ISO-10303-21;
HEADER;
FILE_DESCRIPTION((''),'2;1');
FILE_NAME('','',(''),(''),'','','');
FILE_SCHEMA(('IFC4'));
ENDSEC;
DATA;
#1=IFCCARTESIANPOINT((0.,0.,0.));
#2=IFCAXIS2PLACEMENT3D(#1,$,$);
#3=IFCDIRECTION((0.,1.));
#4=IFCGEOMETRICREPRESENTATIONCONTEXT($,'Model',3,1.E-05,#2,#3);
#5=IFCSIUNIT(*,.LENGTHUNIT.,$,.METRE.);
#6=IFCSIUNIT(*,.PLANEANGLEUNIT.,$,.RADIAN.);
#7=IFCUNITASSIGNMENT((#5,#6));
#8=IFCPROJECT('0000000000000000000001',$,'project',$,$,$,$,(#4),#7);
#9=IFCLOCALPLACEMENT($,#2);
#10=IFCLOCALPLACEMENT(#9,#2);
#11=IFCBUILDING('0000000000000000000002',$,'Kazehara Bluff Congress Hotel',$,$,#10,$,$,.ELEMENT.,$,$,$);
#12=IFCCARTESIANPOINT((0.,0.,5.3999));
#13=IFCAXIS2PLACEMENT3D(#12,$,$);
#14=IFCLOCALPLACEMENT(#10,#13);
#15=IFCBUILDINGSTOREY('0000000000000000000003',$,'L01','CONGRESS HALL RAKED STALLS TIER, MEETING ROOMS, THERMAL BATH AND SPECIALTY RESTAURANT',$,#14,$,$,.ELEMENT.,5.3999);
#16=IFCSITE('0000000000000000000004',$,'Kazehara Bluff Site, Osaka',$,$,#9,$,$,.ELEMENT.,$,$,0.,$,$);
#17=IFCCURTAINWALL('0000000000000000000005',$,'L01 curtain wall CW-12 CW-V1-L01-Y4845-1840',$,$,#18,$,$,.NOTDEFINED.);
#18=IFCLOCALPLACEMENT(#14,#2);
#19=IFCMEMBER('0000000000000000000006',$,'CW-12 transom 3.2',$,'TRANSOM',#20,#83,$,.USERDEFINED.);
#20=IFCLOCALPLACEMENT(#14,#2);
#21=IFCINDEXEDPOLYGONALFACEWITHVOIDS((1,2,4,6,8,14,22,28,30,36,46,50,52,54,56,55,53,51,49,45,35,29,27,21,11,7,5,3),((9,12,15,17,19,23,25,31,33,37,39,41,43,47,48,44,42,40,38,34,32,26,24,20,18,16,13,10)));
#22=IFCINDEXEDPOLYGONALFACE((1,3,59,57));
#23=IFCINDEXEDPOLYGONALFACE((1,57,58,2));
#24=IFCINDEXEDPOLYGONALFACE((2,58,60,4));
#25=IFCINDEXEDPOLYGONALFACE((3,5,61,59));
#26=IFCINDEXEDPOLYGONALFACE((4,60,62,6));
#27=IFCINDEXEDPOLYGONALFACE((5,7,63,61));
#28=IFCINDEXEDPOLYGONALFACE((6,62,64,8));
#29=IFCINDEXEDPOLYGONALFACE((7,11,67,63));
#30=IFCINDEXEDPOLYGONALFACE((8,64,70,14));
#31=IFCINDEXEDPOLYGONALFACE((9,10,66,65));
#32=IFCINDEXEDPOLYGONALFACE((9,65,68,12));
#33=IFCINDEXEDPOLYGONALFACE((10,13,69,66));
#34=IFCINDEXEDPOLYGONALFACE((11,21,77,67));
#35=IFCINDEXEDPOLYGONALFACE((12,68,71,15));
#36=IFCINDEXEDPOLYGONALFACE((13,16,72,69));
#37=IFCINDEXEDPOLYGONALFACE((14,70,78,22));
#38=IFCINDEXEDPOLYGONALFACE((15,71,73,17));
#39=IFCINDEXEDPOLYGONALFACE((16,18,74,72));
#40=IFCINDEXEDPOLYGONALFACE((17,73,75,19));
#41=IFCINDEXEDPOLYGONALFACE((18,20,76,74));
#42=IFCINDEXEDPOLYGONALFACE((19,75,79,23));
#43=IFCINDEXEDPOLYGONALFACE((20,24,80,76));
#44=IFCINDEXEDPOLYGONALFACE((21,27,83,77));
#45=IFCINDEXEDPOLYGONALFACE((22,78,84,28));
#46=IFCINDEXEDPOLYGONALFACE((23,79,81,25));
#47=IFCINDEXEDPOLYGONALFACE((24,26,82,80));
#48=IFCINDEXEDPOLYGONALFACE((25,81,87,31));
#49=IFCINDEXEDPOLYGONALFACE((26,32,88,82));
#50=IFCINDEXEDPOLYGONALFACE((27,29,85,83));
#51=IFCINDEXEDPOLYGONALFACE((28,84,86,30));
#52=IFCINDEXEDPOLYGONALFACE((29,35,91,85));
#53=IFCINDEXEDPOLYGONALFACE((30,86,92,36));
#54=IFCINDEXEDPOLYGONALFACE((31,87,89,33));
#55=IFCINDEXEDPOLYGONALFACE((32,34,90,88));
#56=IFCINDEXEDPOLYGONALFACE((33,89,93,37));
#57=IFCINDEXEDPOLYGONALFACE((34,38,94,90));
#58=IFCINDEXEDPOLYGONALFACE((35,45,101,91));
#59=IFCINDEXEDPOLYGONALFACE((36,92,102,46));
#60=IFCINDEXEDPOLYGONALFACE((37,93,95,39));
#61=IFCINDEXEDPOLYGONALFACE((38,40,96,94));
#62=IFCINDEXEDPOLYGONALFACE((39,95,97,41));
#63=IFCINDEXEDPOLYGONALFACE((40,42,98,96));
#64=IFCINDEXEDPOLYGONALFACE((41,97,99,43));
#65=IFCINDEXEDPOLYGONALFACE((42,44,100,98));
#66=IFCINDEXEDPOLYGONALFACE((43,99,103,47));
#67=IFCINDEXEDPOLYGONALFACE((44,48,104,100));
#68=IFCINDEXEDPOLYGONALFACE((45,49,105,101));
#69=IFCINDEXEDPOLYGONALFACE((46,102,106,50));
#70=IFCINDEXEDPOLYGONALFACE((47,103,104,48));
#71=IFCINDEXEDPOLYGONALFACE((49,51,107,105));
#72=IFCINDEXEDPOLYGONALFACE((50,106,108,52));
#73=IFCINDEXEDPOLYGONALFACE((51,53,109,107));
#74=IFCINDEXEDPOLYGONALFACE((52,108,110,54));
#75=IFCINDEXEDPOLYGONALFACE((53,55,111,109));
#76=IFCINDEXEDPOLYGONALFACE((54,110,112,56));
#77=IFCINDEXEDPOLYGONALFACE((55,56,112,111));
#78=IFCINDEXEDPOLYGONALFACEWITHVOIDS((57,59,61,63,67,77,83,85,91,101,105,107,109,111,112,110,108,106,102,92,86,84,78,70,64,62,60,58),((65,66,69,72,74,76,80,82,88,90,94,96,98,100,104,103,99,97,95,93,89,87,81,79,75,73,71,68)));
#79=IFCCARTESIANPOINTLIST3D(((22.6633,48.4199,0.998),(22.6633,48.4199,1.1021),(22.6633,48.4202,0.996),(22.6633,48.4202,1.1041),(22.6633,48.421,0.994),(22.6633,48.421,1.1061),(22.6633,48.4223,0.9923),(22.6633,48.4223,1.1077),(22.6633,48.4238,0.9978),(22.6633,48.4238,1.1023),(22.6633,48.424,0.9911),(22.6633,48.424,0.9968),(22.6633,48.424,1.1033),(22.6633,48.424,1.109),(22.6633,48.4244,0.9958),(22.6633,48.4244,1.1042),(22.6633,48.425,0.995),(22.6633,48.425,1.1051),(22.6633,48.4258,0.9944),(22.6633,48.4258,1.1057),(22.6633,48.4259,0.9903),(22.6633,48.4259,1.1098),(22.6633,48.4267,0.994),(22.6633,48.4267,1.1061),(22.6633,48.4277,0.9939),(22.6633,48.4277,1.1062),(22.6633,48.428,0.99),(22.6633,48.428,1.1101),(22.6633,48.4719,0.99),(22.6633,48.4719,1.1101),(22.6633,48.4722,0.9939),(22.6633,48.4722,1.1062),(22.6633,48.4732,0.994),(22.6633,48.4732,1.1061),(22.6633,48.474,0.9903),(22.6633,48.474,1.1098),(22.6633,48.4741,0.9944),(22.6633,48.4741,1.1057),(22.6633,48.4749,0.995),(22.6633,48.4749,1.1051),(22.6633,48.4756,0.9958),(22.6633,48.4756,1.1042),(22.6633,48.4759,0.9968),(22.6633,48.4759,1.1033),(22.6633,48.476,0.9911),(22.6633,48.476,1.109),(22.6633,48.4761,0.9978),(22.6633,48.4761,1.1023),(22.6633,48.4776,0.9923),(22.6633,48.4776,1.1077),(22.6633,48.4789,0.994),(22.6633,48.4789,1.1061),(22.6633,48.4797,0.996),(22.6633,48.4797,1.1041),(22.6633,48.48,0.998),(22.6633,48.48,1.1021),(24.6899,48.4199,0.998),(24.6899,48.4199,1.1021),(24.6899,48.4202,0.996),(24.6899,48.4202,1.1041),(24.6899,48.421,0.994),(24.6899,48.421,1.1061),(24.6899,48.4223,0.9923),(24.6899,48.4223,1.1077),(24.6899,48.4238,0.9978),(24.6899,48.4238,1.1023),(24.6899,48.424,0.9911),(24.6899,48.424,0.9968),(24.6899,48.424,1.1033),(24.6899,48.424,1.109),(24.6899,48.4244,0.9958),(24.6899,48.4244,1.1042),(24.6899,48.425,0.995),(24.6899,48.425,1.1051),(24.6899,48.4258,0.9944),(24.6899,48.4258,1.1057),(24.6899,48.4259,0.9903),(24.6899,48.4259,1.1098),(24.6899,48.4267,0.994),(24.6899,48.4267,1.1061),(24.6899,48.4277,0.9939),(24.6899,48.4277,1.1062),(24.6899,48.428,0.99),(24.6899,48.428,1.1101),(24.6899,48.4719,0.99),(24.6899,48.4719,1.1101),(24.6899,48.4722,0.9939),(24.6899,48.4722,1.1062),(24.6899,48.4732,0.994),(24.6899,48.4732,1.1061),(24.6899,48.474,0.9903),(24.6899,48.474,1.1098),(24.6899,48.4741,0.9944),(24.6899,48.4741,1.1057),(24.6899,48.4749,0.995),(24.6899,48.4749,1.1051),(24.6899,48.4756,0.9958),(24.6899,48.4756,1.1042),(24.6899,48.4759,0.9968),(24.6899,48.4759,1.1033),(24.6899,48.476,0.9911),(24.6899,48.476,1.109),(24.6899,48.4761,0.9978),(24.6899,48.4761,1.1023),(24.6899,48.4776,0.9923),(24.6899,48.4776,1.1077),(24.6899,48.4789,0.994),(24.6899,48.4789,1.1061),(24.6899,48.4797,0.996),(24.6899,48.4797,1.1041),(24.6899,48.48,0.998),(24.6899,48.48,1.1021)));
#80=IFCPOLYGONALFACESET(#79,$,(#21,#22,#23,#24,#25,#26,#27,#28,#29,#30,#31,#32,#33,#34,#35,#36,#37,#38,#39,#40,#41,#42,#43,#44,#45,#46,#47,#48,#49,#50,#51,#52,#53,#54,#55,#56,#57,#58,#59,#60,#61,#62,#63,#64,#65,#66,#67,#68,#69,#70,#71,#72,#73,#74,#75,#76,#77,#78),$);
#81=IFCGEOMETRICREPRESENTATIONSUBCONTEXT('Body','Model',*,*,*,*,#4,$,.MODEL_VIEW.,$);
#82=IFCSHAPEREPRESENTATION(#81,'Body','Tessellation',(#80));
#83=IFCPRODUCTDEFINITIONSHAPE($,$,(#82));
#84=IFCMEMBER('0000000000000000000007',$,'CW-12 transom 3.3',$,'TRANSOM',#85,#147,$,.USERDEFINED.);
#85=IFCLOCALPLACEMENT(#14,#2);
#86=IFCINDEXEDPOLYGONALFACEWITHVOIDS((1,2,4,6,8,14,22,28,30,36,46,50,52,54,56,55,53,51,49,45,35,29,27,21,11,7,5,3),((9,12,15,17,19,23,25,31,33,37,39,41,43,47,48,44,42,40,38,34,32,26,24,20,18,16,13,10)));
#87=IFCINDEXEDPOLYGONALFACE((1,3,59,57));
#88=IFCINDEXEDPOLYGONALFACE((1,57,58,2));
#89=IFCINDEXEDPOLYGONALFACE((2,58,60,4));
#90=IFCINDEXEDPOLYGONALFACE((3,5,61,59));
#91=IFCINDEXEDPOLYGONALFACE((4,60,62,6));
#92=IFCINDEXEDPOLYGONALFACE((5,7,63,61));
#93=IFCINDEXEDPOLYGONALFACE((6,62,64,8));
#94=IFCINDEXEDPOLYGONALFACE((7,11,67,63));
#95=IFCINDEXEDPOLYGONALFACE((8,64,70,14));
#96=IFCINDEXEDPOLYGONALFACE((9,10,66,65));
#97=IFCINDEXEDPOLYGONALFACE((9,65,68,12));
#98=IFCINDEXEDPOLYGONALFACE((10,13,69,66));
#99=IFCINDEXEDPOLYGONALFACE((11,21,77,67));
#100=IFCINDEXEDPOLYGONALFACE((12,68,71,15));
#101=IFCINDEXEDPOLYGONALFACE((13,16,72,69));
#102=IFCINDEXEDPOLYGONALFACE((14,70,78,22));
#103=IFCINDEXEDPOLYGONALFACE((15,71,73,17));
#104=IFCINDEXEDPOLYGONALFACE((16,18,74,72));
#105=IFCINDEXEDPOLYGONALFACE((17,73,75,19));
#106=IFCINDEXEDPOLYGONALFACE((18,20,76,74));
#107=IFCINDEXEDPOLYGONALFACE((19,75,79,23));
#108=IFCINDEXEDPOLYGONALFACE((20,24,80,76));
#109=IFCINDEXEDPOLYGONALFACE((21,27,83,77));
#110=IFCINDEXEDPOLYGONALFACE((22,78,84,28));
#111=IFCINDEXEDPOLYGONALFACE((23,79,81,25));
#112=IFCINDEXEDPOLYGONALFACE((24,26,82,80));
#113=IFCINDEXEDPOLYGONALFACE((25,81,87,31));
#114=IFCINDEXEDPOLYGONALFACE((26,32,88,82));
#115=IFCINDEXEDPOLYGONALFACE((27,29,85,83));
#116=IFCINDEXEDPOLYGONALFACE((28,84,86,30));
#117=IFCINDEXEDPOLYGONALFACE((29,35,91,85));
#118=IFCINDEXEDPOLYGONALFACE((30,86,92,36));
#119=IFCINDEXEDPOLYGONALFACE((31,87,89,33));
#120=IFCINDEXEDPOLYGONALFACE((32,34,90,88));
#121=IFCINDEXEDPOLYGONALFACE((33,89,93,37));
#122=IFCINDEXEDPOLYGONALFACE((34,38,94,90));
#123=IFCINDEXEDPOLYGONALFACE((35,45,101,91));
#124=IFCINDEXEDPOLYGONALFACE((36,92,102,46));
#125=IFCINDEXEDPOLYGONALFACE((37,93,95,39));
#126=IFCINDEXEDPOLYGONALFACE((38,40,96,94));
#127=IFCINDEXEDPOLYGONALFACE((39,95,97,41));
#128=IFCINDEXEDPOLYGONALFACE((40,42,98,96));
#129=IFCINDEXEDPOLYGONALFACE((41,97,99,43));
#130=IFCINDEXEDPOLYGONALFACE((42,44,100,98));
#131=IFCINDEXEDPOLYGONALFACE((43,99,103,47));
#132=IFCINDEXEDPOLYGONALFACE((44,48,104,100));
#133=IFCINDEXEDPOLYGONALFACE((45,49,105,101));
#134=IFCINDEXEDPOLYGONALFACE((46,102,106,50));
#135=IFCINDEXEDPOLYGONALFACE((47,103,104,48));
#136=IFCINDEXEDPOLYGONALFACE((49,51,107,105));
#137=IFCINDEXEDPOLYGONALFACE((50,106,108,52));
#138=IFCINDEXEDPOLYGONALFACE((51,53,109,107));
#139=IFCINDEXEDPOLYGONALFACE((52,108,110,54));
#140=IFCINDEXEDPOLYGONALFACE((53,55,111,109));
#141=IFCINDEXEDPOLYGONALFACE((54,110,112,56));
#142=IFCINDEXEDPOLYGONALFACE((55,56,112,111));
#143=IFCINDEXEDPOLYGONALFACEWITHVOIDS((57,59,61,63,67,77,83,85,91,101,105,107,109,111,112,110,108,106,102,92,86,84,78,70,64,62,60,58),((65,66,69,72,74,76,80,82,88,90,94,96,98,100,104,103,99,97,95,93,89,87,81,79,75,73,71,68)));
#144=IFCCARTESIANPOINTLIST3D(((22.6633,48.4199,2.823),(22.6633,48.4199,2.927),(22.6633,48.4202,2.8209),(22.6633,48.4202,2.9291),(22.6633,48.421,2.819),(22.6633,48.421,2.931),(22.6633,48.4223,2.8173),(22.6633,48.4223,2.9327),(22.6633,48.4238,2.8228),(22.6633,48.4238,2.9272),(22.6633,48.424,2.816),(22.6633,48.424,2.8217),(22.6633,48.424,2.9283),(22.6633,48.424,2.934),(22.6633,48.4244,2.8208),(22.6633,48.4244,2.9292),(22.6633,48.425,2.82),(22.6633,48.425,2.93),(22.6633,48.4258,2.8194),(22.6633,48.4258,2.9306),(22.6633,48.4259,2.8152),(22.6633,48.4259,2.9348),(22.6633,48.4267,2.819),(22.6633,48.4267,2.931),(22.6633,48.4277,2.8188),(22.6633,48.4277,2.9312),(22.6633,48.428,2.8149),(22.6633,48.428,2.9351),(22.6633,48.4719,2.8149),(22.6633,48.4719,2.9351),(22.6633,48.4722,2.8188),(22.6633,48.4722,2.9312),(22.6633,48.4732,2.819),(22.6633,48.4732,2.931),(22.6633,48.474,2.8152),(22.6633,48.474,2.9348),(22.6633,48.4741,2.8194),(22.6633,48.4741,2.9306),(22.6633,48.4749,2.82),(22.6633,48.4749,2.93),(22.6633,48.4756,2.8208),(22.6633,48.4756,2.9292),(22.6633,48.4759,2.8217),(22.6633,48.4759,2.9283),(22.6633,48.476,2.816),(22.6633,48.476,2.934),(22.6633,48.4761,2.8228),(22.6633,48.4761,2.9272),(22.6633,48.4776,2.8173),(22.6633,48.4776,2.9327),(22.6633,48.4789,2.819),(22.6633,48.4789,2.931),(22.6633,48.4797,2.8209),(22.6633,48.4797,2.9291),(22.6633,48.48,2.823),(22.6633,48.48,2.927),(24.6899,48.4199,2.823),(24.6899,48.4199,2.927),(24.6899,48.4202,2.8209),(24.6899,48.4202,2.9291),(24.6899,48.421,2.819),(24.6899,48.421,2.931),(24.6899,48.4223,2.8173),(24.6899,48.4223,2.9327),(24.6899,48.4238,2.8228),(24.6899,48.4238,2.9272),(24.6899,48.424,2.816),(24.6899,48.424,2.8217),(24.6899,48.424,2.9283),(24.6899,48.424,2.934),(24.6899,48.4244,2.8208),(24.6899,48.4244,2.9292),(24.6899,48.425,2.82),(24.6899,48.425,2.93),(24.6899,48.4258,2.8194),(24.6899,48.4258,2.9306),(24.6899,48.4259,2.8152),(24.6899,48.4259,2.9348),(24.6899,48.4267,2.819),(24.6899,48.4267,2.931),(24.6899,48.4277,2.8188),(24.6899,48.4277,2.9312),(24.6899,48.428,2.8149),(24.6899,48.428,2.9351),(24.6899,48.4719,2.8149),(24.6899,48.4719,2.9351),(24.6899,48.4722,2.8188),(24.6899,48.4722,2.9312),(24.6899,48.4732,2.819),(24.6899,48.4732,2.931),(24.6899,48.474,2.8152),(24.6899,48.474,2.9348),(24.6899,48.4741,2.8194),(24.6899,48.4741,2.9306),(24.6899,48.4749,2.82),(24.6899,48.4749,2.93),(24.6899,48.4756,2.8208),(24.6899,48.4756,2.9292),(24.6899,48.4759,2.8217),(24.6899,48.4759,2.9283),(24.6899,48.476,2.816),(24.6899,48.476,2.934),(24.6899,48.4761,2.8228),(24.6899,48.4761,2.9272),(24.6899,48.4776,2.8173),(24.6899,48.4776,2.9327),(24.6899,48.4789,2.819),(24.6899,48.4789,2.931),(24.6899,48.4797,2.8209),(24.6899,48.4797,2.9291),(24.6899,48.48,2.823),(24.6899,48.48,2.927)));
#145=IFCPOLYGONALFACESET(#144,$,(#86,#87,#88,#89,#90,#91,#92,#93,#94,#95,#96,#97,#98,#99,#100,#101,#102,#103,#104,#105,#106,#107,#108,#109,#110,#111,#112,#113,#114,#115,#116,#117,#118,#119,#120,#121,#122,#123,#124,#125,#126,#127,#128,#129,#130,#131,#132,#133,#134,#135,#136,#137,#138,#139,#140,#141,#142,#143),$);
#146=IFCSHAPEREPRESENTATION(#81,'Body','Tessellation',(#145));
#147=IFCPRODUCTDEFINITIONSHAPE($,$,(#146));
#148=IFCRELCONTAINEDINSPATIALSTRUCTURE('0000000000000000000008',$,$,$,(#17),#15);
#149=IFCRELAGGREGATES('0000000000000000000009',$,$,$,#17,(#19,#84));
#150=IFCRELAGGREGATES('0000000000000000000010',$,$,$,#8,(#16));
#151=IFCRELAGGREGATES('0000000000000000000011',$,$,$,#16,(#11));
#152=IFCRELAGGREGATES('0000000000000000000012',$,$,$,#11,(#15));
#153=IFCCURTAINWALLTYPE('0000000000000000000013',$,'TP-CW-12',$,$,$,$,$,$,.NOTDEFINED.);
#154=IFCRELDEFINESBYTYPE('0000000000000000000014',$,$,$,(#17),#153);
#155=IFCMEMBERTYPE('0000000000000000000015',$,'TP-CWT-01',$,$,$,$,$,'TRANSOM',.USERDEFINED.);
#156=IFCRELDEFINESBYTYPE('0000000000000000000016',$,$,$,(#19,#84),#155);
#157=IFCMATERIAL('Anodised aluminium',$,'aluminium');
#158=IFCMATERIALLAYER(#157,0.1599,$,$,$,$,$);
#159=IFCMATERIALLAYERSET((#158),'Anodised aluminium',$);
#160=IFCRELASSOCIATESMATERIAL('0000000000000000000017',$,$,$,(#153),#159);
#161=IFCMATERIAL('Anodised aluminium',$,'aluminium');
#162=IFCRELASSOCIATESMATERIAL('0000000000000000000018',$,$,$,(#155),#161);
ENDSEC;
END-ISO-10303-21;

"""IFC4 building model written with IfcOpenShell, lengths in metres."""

from ifc_helpers import new_model, si_unit, direction, frame, origin, origin_2d, place, context, subcontext, project, spatial, hollow_rectangle, extrude, material, layer, layer_set, material_profile, profile_set, type_object, element, aggregate, save


model = new_model("IFC4")

# Units and contexts
model_context = context("Model", 3, precision=1e-05, world=origin(), true_north=direction((0.0, 1.0)))
body_context = subcontext(model_context, "Body", "Model", "MODEL_VIEW")
ifc_project = project(units=[si_unit("LENGTHUNIT", "METRE"), si_unit("PLANEANGLEUNIT", "RADIAN")], contexts=[model_context])

# Site, building, storey
site_placement = place(None, origin())
site = spatial("IfcSite", under=ifc_project, at=site_placement, Name="Kazehara Bluff Site, Osaka", CompositionType="ELEMENT", RefElevation=0.0)
building_placement = place(site_placement, origin())
building = spatial("IfcBuilding", under=site, at=building_placement, Name="Kazehara Bluff Congress Hotel", CompositionType="ELEMENT")
storey_placement = place(building_placement, frame((0.0, 0.0, 5.3999)))
storey = spatial("IfcBuildingStorey", under=building, at=storey_placement, Name="L01", Description="CONGRESS HALL RAKED STALLS TIER, MEETING ROOMS, THERMAL BATH AND SPECIALTY RESTAURANT", CompositionType="ELEMENT", Elevation=5.3999)

# Curtain wall
ifc_material_1 = material(Name="Anodised aluminium", Category="aluminium")
ifc_layer_1 = layer(ifc_material_1, 0.1599)
ifc_layer_set_1 = layer_set([ifc_layer_1], Name="Anodised aluminium")
curtain_wall_type_1 = type_object("IfcCurtainWallType", Name="TP-CW-12", PredefinedType="NOTDEFINED", material=ifc_layer_set_1)
curtain_wall_1_placement = place(storey_placement, origin())
curtain_wall_1 = element("IfcCurtainWall", 1, at=curtain_wall_1_placement, inside=storey, type_object=curtain_wall_type_1, Name="L01 curtain wall CW-12 CW-V1-L01-Y4845-1840", PredefinedType="NOTDEFINED")

# Members
ifc_material_2 = material(Name="Anodised aluminium", Category="aluminium")
ifc_material_profile_1 = material_profile(ifc_material_2, hollow_rectangle(XDim=0.0601, YDim=0.1201, WallThickness=0.0039, InnerFilletRadius=0.0039, OuterFilletRadius=0.0081, at=origin_2d()))
ifc_profile_set_1 = profile_set([ifc_material_profile_1], Name="Anodised aluminium")
member_type_1 = type_object("IfcMemberType", Name="TP-CWT-01", ElementType="TRANSOM", PredefinedType="USERDEFINED", material=ifc_profile_set_1)
member_1_placement = place(storey_placement, frame((22.6633, 48.45, 1.05), z_axis=(1.0, 0.0, 0.0), x_axis=(0.0, 1.0, 0.0)))
member_1 = element("IfcMember", 2, at=member_1_placement, type_object=member_type_1, Name="CW-12 transom 3.2", ObjectType="TRANSOM", PredefinedType="USERDEFINED", context=body_context, shape_type="SweptSolid", body=[
    extrude(hollow_rectangle(XDim=0.0601, YDim=0.1201, WallThickness=0.0039, InnerFilletRadius=0.0039, OuterFilletRadius=0.0081, at=origin_2d()), origin(), (0.0, 0.0, 1.0), 2.0266),
])
member_2_placement = place(storey_placement, frame((22.6633, 48.45, 2.875), z_axis=(1.0, 0.0, 0.0), x_axis=(0.0, 1.0, 0.0)))
member_2 = element("IfcMember", 3, at=member_2_placement, type_object=member_type_1, Name="CW-12 transom 3.3", ObjectType="TRANSOM", PredefinedType="USERDEFINED", context=body_context, shape_type="SweptSolid", body=[
    extrude(hollow_rectangle(XDim=0.0601, YDim=0.1201, WallThickness=0.0039, InnerFilletRadius=0.0039, OuterFilletRadius=0.0081, at=origin_2d()), origin(), (0.0, 0.0, 1.0), 2.0266),
])

aggregate(curtain_wall_1, [member_1, member_2])

save(model, "model.ifc")
